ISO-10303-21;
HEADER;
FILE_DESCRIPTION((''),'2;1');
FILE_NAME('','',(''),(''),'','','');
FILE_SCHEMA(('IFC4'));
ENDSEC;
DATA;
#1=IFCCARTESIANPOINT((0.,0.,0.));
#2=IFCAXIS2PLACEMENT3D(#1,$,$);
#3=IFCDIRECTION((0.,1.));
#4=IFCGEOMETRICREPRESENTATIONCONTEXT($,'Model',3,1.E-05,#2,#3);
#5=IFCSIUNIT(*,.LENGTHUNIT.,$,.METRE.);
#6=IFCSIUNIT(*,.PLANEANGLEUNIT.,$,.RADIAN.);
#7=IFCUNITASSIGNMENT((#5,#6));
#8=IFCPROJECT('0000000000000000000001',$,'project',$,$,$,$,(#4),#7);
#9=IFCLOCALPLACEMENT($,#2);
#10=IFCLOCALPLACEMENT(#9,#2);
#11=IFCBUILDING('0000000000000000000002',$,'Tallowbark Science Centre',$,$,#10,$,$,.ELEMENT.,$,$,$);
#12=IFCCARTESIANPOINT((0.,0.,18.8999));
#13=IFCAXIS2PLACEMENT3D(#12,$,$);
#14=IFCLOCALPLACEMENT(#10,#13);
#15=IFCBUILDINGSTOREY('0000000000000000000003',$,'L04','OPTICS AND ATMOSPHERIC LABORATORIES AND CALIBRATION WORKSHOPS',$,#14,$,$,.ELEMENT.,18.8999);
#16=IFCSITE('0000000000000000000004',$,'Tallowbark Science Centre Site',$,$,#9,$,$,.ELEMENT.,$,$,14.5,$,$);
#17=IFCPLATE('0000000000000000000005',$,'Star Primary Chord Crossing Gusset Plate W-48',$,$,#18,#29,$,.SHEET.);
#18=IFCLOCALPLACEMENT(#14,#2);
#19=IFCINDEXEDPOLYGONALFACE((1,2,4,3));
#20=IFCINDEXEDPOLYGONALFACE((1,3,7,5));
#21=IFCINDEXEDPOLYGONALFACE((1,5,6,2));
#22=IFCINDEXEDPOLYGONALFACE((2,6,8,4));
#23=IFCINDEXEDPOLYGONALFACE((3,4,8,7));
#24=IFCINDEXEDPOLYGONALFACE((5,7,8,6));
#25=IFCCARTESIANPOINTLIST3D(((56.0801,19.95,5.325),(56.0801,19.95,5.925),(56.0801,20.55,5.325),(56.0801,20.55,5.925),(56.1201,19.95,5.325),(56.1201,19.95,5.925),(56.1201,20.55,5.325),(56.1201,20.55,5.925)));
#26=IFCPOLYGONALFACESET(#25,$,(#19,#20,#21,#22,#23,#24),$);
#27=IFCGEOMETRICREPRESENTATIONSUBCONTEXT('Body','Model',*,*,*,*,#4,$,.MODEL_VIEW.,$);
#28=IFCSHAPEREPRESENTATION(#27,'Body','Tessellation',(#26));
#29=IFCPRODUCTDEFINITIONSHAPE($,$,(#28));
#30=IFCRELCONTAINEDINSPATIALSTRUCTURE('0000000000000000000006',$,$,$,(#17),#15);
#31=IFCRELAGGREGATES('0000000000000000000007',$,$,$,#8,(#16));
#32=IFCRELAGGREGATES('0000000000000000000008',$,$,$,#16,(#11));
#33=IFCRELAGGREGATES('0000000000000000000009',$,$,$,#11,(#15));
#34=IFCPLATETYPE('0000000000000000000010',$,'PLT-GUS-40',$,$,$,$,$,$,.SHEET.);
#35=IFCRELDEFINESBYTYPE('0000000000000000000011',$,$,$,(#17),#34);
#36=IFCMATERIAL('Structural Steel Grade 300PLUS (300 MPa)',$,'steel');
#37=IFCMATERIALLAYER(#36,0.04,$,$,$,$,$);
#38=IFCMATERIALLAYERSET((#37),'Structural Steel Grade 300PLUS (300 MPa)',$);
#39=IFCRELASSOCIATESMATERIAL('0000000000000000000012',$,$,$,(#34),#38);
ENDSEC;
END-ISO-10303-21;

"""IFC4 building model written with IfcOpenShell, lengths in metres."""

from ifc_helpers import new_model, si_unit, direction, frame, origin, origin_2d, place, context, subcontext, project, spatial, rectangle, extrude, material, layer, layer_set, type_object, element, save


model = new_model("IFC4")

# Units and contexts
model_context = context("Model", 3, precision=1e-05, world=origin(), true_north=direction((0.0, 1.0)))
body_context = subcontext(model_context, "Body", "Model", "MODEL_VIEW")
ifc_project = project(units=[si_unit("LENGTHUNIT", "METRE"), si_unit("PLANEANGLEUNIT", "RADIAN")], contexts=[model_context])

# Site, building, storey
site_placement = place(None, origin())
site = spatial("IfcSite", under=ifc_project, at=site_placement, Name="Tallowbark Science Centre Site", CompositionType="ELEMENT", RefElevation=14.5)
building_placement = place(site_placement, origin())
building = spatial("IfcBuilding", under=site, at=building_placement, Name="Tallowbark Science Centre", CompositionType="ELEMENT")
storey_placement = place(building_placement, frame((0.0, 0.0, 18.8999)))
storey = spatial("IfcBuildingStorey", under=building, at=storey_placement, Name="L04", Description="OPTICS AND ATMOSPHERIC LABORATORIES AND CALIBRATION WORKSHOPS", CompositionType="ELEMENT", Elevation=18.8999)

# Plate
ifc_material_1 = material(Name="Structural Steel Grade 300PLUS (300 MPa)", Category="steel")
ifc_layer_1 = layer(ifc_material_1, 0.04)
ifc_layer_set_1 = layer_set([ifc_layer_1], Name="Structural Steel Grade 300PLUS (300 MPa)")
plate_type_1 = type_object("IfcPlateType", Name="PLT-GUS-40", PredefinedType="SHEET", material=ifc_layer_set_1)
plate_1_placement = place(storey_placement, frame((56.1001, 20.25, 5.325), z_axis=(0.0, 0.0, 1.0), x_axis=(0.0, 1.0, 0.0)))
element("IfcPlate", 1, at=plate_1_placement, inside=storey, type_object=plate_type_1, Name="Star Primary Chord Crossing Gusset Plate W-48", PredefinedType="SHEET", context=body_context, shape_type="SweptSolid", body=[
    extrude(rectangle(XDim=0.6001, YDim=0.04, at=origin_2d()), origin(), (0.0, 0.0, 1.0), 0.6001),
])

save(model, "model.ifc")
